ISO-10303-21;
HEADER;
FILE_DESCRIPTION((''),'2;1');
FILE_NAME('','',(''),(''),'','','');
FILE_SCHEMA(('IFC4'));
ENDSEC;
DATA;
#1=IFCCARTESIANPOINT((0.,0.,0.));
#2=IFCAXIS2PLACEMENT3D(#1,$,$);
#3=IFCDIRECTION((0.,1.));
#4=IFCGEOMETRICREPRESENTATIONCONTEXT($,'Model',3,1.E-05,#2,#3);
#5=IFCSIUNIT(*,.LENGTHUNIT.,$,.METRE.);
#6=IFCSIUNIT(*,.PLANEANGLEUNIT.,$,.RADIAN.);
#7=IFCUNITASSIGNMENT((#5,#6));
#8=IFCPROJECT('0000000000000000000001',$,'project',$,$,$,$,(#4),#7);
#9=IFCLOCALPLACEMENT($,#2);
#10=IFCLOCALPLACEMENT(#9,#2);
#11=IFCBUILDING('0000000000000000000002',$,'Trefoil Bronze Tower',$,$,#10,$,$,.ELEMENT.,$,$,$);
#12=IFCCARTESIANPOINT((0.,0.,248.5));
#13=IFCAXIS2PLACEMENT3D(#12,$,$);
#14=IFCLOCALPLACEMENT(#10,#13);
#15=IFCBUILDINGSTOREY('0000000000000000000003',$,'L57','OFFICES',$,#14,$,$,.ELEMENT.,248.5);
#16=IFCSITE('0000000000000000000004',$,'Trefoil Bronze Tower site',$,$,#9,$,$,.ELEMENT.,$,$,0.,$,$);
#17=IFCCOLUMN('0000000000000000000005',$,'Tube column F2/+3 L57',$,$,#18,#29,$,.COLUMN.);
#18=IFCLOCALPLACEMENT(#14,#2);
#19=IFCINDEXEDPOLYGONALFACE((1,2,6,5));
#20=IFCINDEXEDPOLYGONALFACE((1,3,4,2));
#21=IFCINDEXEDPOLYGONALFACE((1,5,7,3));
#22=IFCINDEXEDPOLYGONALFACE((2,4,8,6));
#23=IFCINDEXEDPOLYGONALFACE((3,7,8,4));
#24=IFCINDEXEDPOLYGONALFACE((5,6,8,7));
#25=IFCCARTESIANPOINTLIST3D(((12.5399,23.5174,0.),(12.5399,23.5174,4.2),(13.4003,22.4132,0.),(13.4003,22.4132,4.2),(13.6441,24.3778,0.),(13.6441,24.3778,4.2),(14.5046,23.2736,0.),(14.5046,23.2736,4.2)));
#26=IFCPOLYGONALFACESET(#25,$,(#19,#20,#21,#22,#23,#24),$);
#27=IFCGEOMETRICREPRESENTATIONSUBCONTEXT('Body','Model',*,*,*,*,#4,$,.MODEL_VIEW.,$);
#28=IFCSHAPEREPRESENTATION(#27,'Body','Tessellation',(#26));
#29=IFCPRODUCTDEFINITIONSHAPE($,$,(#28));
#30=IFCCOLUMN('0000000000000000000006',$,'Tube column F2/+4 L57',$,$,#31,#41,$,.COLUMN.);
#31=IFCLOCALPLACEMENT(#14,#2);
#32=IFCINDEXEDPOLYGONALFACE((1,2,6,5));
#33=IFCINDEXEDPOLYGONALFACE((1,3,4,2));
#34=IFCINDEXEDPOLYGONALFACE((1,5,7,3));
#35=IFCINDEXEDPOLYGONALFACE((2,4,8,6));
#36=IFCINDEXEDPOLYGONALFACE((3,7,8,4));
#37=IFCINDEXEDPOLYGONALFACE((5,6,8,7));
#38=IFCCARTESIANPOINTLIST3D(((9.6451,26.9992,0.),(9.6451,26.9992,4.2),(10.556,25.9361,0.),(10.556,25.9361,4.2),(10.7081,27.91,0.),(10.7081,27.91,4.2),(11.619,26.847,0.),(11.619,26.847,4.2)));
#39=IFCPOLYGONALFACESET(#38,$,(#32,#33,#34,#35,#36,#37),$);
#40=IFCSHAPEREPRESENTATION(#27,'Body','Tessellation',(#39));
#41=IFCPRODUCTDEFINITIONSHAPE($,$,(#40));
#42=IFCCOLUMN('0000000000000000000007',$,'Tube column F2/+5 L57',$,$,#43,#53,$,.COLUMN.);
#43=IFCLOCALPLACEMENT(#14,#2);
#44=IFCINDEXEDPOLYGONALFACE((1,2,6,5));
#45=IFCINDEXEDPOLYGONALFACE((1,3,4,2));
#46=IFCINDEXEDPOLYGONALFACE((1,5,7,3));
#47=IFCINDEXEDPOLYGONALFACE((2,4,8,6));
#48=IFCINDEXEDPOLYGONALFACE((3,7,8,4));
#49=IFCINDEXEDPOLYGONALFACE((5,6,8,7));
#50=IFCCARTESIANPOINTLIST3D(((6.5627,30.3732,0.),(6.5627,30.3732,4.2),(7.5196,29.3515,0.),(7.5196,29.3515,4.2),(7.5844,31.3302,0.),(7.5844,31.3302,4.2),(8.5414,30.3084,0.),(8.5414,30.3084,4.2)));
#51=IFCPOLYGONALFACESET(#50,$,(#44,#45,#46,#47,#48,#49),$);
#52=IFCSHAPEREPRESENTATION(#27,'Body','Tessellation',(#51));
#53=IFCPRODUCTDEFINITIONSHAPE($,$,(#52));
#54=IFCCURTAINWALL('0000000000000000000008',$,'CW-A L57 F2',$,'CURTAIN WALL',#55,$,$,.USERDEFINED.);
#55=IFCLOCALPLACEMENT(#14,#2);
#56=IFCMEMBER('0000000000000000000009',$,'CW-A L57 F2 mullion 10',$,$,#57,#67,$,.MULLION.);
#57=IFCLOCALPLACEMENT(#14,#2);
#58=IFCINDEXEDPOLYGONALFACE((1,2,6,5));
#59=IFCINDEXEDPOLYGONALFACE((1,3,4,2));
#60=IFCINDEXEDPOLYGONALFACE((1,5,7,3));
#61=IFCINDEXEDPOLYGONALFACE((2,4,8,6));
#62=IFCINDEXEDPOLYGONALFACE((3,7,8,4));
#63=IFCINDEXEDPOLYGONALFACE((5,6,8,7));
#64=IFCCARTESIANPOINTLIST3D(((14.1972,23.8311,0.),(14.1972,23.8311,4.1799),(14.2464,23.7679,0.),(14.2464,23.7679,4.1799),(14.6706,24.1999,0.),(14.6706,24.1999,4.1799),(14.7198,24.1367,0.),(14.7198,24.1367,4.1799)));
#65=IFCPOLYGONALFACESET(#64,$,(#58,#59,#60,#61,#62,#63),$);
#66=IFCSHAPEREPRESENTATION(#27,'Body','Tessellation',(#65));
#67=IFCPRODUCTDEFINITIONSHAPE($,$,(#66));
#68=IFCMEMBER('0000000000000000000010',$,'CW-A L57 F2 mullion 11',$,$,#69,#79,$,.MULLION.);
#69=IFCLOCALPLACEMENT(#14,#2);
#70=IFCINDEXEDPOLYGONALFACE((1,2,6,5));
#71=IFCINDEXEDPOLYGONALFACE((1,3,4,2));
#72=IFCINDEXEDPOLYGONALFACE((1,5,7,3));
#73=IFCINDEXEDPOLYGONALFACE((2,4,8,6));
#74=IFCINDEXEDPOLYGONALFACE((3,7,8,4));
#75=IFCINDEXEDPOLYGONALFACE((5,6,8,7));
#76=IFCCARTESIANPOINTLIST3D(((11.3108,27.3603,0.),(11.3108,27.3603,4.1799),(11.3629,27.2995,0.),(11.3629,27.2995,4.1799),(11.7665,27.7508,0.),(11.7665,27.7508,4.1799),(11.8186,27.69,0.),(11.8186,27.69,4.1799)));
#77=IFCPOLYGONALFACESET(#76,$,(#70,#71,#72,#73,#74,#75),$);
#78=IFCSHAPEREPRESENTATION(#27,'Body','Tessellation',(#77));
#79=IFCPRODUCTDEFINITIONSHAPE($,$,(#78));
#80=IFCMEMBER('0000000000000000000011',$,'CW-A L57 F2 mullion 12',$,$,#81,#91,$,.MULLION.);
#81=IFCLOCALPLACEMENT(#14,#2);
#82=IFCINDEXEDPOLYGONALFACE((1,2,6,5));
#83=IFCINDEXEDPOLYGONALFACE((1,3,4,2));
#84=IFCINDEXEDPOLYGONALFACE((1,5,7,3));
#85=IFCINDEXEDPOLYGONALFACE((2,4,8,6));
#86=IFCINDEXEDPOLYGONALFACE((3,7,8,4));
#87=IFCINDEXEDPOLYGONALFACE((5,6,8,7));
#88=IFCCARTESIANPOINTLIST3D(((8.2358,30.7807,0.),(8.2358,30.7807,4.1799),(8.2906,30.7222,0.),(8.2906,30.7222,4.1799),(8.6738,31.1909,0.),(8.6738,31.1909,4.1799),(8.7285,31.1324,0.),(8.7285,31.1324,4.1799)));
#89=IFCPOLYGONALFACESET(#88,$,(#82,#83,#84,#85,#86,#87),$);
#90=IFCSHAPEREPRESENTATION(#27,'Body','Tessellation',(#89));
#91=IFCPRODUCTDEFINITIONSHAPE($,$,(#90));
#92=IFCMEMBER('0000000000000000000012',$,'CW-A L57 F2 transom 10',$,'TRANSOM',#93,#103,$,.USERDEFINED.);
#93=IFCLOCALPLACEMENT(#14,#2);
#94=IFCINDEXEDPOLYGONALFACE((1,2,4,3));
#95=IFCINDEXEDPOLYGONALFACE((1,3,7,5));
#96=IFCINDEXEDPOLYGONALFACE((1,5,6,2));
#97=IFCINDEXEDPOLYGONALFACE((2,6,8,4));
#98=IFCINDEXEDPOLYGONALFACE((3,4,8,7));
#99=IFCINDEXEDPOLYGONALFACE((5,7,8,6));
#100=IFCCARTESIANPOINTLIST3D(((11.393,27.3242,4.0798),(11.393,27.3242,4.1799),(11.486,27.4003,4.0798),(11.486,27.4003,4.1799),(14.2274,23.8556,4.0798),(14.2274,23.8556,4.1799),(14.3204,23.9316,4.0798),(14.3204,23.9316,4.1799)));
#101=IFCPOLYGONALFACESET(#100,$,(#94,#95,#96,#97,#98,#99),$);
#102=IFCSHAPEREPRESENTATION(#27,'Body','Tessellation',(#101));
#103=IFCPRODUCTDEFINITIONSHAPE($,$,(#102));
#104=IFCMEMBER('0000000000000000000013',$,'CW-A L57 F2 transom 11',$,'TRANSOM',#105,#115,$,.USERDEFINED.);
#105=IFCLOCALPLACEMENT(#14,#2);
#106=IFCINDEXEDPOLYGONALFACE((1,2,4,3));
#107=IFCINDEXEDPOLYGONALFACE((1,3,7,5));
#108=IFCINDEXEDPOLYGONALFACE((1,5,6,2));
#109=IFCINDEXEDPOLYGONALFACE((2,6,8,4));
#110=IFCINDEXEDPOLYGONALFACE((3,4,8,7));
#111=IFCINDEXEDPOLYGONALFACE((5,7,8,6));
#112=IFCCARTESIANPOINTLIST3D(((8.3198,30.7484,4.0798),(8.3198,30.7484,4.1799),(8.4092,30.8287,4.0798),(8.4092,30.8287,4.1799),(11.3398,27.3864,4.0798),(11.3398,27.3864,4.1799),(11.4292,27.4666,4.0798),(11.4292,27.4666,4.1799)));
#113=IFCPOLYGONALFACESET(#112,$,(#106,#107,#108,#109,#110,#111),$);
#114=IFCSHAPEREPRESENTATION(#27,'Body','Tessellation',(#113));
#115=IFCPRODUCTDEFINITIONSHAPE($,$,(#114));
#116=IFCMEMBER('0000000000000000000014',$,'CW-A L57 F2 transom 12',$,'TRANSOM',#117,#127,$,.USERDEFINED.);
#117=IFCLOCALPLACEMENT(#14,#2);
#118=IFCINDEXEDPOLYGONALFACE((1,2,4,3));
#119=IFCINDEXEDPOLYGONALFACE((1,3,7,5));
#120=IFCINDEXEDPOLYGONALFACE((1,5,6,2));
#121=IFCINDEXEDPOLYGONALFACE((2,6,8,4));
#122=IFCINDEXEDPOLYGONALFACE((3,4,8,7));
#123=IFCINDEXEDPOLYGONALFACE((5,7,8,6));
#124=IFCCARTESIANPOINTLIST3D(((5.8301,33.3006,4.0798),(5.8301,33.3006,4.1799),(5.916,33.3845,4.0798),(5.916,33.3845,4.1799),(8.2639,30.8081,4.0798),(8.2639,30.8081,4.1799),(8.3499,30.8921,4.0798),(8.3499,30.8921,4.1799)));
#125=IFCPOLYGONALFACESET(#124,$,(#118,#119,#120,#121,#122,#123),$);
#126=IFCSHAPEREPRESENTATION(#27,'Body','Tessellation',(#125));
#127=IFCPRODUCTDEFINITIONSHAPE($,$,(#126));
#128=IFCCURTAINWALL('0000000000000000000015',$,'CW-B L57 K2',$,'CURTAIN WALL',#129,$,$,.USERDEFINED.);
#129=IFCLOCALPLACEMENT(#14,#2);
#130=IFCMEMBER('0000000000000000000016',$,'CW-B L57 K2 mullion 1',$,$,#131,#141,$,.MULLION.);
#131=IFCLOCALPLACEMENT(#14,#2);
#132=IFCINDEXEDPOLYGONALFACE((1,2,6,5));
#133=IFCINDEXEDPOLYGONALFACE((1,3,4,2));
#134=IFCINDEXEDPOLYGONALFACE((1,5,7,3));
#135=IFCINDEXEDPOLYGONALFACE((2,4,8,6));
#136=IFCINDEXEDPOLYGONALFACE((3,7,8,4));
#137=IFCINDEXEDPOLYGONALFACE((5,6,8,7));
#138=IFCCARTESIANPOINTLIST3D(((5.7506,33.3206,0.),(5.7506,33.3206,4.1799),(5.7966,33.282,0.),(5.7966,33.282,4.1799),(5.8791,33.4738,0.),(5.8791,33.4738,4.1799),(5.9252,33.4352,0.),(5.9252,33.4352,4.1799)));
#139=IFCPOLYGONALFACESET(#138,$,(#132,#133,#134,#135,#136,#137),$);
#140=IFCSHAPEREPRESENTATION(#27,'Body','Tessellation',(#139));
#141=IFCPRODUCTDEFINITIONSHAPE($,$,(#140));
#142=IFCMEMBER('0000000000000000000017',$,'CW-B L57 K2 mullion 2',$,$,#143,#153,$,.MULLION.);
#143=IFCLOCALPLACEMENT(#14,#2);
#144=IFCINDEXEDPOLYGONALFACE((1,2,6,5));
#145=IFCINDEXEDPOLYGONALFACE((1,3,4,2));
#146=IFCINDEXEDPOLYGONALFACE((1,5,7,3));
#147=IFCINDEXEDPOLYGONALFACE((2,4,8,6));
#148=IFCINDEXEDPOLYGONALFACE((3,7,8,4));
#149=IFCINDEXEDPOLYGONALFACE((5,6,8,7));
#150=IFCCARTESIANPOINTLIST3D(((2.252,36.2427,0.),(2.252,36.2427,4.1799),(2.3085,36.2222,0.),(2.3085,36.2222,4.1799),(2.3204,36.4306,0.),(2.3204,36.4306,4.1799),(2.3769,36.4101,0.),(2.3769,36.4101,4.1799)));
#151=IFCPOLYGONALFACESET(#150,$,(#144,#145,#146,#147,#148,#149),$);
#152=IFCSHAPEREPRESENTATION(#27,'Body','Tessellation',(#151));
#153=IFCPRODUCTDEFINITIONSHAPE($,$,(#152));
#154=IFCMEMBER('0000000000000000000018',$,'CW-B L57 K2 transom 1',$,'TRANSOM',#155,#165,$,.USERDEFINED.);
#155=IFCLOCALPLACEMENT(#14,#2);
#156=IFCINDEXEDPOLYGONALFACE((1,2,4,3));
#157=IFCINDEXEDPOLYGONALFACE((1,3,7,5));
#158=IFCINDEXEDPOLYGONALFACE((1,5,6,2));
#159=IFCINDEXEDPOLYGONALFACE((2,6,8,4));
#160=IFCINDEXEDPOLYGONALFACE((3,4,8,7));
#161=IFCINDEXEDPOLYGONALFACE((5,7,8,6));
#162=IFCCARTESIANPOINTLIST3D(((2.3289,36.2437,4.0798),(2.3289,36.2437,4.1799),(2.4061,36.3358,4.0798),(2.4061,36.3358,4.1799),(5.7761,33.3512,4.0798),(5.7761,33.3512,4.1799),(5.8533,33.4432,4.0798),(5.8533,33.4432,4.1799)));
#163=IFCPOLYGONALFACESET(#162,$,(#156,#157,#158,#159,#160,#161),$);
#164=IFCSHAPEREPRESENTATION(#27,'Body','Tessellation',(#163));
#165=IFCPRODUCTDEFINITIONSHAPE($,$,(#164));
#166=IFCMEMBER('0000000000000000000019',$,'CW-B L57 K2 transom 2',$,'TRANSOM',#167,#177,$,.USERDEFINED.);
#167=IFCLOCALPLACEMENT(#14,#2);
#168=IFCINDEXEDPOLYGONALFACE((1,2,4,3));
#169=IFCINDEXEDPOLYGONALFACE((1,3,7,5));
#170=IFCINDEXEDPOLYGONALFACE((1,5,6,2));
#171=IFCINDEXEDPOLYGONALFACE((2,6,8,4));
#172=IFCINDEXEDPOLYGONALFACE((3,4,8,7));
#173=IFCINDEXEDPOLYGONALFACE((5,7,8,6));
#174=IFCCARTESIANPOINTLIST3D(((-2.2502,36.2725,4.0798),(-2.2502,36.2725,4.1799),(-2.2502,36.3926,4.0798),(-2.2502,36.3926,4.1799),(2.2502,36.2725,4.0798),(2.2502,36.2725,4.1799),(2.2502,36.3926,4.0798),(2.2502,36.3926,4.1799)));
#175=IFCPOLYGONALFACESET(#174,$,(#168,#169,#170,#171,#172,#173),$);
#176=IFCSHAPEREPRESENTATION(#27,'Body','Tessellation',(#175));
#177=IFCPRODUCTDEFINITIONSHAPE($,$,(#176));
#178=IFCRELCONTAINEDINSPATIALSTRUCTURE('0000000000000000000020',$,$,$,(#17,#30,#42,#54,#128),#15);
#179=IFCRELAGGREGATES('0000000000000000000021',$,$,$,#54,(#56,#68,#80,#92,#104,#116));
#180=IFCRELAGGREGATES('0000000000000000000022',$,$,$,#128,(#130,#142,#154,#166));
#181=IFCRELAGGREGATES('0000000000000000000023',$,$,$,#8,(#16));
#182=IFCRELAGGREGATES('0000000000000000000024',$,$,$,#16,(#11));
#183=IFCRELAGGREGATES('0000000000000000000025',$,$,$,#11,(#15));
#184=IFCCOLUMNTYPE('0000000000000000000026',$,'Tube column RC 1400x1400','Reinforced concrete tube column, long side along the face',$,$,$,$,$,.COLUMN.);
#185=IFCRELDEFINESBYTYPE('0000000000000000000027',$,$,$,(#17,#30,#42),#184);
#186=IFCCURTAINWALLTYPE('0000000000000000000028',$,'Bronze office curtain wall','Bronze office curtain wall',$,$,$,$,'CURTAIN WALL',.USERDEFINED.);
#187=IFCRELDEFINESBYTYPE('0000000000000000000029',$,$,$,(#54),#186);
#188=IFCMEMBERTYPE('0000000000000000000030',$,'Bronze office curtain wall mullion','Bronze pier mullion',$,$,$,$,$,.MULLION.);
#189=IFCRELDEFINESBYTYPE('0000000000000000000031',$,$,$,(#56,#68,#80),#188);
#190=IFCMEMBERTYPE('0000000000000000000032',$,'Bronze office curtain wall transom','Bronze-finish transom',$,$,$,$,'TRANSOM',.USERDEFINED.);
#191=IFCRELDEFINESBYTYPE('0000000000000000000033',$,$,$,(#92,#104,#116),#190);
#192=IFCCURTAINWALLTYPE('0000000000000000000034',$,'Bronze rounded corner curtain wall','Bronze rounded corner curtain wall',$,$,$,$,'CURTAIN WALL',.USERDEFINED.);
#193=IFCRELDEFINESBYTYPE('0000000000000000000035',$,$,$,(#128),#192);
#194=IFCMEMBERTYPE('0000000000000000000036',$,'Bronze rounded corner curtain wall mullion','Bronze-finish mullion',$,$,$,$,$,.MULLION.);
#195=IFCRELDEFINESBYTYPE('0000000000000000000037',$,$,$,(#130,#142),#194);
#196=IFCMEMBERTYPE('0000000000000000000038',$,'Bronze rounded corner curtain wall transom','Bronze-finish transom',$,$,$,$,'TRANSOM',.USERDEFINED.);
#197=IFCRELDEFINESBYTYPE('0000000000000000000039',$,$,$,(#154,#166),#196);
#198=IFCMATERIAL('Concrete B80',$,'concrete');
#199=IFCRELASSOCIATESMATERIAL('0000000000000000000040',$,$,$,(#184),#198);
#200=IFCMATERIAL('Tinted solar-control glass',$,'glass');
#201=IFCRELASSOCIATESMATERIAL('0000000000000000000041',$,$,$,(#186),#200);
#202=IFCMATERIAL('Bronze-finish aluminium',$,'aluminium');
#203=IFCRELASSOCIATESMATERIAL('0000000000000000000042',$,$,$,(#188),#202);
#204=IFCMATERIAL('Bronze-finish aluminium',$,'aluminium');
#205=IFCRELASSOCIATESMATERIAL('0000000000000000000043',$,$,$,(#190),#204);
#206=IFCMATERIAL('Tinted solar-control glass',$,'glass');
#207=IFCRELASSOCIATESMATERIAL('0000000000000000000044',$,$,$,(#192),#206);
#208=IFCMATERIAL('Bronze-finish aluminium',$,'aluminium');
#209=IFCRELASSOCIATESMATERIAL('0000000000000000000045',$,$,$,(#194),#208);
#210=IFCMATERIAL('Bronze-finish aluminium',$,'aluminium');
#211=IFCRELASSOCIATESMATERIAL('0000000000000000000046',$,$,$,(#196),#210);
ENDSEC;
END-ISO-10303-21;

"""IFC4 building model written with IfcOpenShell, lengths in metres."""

from ifc_helpers import new_model, si_unit, direction, frame, origin, origin_2d, place, context, subcontext, project, spatial, rectangle, extrude, material, material_profile, profile_set, type_object, element, aggregate, save


model = new_model("IFC4")

# Units and contexts
model_context = context("Model", 3, precision=1e-05, world=origin(), true_north=direction((0.0, 1.0)))
body_context = subcontext(model_context, "Body", "Model", "MODEL_VIEW")
ifc_project = project(units=[si_unit("LENGTHUNIT", "METRE"), si_unit("PLANEANGLEUNIT", "RADIAN")], contexts=[model_context])

# Site, building, storey
site_placement = place(None, origin())
site = spatial("IfcSite", under=ifc_project, at=site_placement, Name="Trefoil Bronze Tower site", CompositionType="ELEMENT", RefElevation=0.0)
building_placement = place(site_placement, origin())
building = spatial("IfcBuilding", under=site, at=building_placement, Name="Trefoil Bronze Tower", CompositionType="ELEMENT")
storey_placement = place(building_placement, frame((0.0, 0.0, 248.5)))
storey = spatial("IfcBuildingStorey", under=building, at=storey_placement, Name="L57", Description="OFFICES", CompositionType="ELEMENT", Elevation=248.5)

# Columns
ifc_material_1 = material(Name="Concrete B80", Category="concrete")
ifc_material_profile_1 = material_profile(ifc_material_1, rectangle(XDim=1.3999, YDim=1.3999, at=origin_2d()), Name="RC 1400x1400")
ifc_profile_set_1 = profile_set([ifc_material_profile_1], Name="Concrete B80")
column_type = type_object("IfcColumnType", Name="Tube column RC 1400x1400", Description="Reinforced concrete tube column, long side along the face", PredefinedType="COLUMN", material=ifc_profile_set_1)
for number, where, z_axis, x_axis, name in (
    (1, (13.5222, 23.3955, 0.0), (0.0, 0.0, 1.0), (-0.614622, 0.788821, 0.0), "Tube column F2/+3 L57"),
    (2, (10.6321, 26.9231, 0.0), (0.0, 0.0, 1.0), (-0.650677, 0.759355, 0.0), "Tube column F2/+4 L57"),
    (3, (7.552, 30.3408, 0.0), (0.0, 0.0, 1.0), (-0.683597, 0.72986, 0.0), "Tube column F2/+5 L57"),
):
    element("IfcColumn", number, at=place(storey_placement, frame(where, z_axis=z_axis, x_axis=x_axis)), inside=storey, type_object=column_type, Name=name, PredefinedType="COLUMN", context=body_context, shape_type="SweptSolid", body=[
        extrude(rectangle(XDim=1.3999, YDim=1.3999, at=origin_2d()), origin(), (0.0, 0.0, 1.0), 4.2),
    ])

# Curtain walls, members
ifc_material_2 = material(Name="Tinted solar-control glass", Category="glass")
curtain_wall_type_1 = type_object("IfcCurtainWallType", Name="Bronze office curtain wall", Description="Bronze office curtain wall", ElementType="CURTAIN WALL", PredefinedType="USERDEFINED", material=ifc_material_2)
curtain_wall_1_placement = place(storey_placement, origin())
curtain_wall_1 = element("IfcCurtainWall", 4, at=curtain_wall_1_placement, inside=storey, type_object=curtain_wall_type_1, Name="CW-A L57 F2", ObjectType="CURTAIN WALL", PredefinedType="USERDEFINED")
ifc_material_3 = material(Name="Bronze-finish aluminium", Category="aluminium")
ifc_material_profile_2 = material_profile(ifc_material_3, rectangle(XDim=0.6001, YDim=0.0801, at=origin_2d()), Name="CW-A mullion")
ifc_profile_set_2 = profile_set([ifc_material_profile_2], Name="Bronze-finish aluminium")
member_type_1 = type_object("IfcMemberType", Name="Bronze office curtain wall mullion", Description="Bronze pier mullion", PredefinedType="MULLION", material=ifc_profile_set_2)
member_1_placement = place(storey_placement, frame((14.4585, 23.9839, 0.0), z_axis=(0.0, 0.0, 1.0), x_axis=(-0.788821, -0.614622, 0.0)))
member_1 = element("IfcMember", 5, at=member_1_placement, type_object=member_type_1, Name="CW-A L57 F2 mullion 10", PredefinedType="MULLION", context=body_context, shape_type="SweptSolid", body=[
    extrude(rectangle(XDim=0.6001, YDim=0.0801, at=origin_2d()), origin(), (0.0, 0.0, 1.0), 4.1799),
])
member_2_placement = place(storey_placement, frame((11.5647, 27.5251, 0.0), z_axis=(0.0, 0.0, 1.0), x_axis=(-0.759355, -0.650677, 0.0)))
member_2 = element("IfcMember", 6, at=member_2_placement, type_object=member_type_1, Name="CW-A L57 F2 mullion 11", PredefinedType="MULLION", context=body_context, shape_type="SweptSolid", body=[
    extrude(rectangle(XDim=0.6001, YDim=0.0801, at=origin_2d()), origin(), (0.0, 0.0, 1.0), 4.1799),
])
member_3_placement = place(storey_placement, frame((8.4822, 30.9565, 0.0), z_axis=(0.0, 0.0, 1.0), x_axis=(-0.72986, -0.683597, 0.0)))
member_3 = element("IfcMember", 7, at=member_3_placement, type_object=member_type_1, Name="CW-A L57 F2 mullion 12", PredefinedType="MULLION", context=body_context, shape_type="SweptSolid", body=[
    extrude(rectangle(XDim=0.6001, YDim=0.0801, at=origin_2d()), origin(), (0.0, 0.0, 1.0), 4.1799),
])
ifc_material_4 = material(Name="Bronze-finish aluminium", Category="aluminium")
ifc_material_profile_3 = material_profile(ifc_material_4, rectangle(XDim=0.1201, YDim=0.1001, at=origin_2d()), Name="CW-A transom")
ifc_profile_set_3 = profile_set([ifc_material_profile_3], Name="Bronze-finish aluminium")
member_type_2 = type_object("IfcMemberType", Name="Bronze office curtain wall transom", Description="Bronze-finish transom", ElementType="TRANSOM", PredefinedType="USERDEFINED", material=ifc_profile_set_3)
member_4_placement = place(storey_placement, frame((14.2739, 23.8936, 4.1299), z_axis=(-0.632757, 0.774351, 0.0), x_axis=(-0.774351, -0.632757, 0.0)))
member_4 = element("IfcMember", 8, at=member_4_placement, type_object=member_type_2, Name="CW-A L57 F2 transom 10", ObjectType="TRANSOM", PredefinedType="USERDEFINED", context=body_context, shape_type="SweptSolid", body=[
    extrude(rectangle(XDim=0.1201, YDim=0.1001, at=origin_2d()), origin(), (0.0, 0.0, 1.0), 4.4795),
])
member_5_placement = place(storey_placement, frame((11.3845, 27.4265, 4.1299), z_axis=(-0.668251, 0.743936, 0.0), x_axis=(-0.743936, -0.668251, 0.0)))
member_5 = element("IfcMember", 9, at=member_5_placement, type_object=member_type_2, Name="CW-A L57 F2 transom 11", ObjectType="TRANSOM", PredefinedType="USERDEFINED", context=body_context, shape_type="SweptSolid", body=[
    extrude(rectangle(XDim=0.1201, YDim=0.1001, at=origin_2d()), origin(), (0.0, 0.0, 1.0), 4.5193),
])
member_6_placement = place(storey_placement, frame((8.3069, 30.8501, 4.1299), z_axis=(-0.698647, 0.715467, 0.0), x_axis=(-0.715467, -0.698647, 0.0)))
member_6 = element("IfcMember", 10, at=member_6_placement, type_object=member_type_2, Name="CW-A L57 F2 transom 12", ObjectType="TRANSOM", PredefinedType="USERDEFINED", context=body_context, shape_type="SweptSolid", body=[
    extrude(rectangle(XDim=0.1201, YDim=0.1001, at=origin_2d()), origin(), (0.0, 0.0, 1.0), 3.4836),
])
ifc_material_5 = material(Name="Tinted solar-control glass", Category="glass")
curtain_wall_type_2 = type_object("IfcCurtainWallType", Name="Bronze rounded corner curtain wall", Description="Bronze rounded corner curtain wall", ElementType="CURTAIN WALL", PredefinedType="USERDEFINED", material=ifc_material_5)
curtain_wall_2_placement = place(storey_placement, origin())
curtain_wall_2 = element("IfcCurtainWall", 11, at=curtain_wall_2_placement, inside=storey, type_object=curtain_wall_type_2, Name="CW-B L57 K2", ObjectType="CURTAIN WALL", PredefinedType="USERDEFINED")
ifc_material_6 = material(Name="Bronze-finish aluminium", Category="aluminium")
ifc_material_profile_4 = material_profile(ifc_material_6, rectangle(XDim=0.2, YDim=0.0601, at=origin_2d()), Name="CW-B mullion")
ifc_profile_set_4 = profile_set([ifc_material_profile_4], Name="Bronze-finish aluminium")
member_type_3 = type_object("IfcMemberType", Name="Bronze rounded corner curtain wall mullion", Description="Bronze-finish mullion", PredefinedType="MULLION", material=ifc_profile_set_4)
member_7_placement = place(storey_placement, frame((5.8379, 33.3779, 0.0), z_axis=(0.0, 0.0, 1.0), x_axis=(-0.642788, -0.766044, 0.0)))
member_7 = element("IfcMember", 12, at=member_7_placement, type_object=member_type_3, Name="CW-B L57 K2 mullion 1", PredefinedType="MULLION", context=body_context, shape_type="SweptSolid", body=[
    extrude(rectangle(XDim=0.2, YDim=0.0601, at=origin_2d()), origin(), (0.0, 0.0, 1.0), 4.1799),
])
member_8_placement = place(storey_placement, frame((2.3145, 36.3264, 0.0), z_axis=(0.0, 0.0, 1.0), x_axis=(-0.34202, -0.939693, 0.0)))
member_8 = element("IfcMember", 13, at=member_8_placement, type_object=member_type_3, Name="CW-B L57 K2 mullion 2", PredefinedType="MULLION", context=body_context, shape_type="SweptSolid", body=[
    extrude(rectangle(XDim=0.2, YDim=0.0601, at=origin_2d()), origin(), (0.0, 0.0, 1.0), 4.1799),
])
ifc_material_7 = material(Name="Bronze-finish aluminium", Category="aluminium")
ifc_material_profile_5 = material_profile(ifc_material_7, rectangle(XDim=0.1201, YDim=0.1001, at=origin_2d()), Name="CW-B transom")
ifc_profile_set_5 = profile_set([ifc_material_profile_5], Name="Bronze-finish aluminium")
member_type_4 = type_object("IfcMemberType", Name="Bronze rounded corner curtain wall transom", Description="Bronze-finish transom", ElementType="TRANSOM", PredefinedType="USERDEFINED", material=ifc_profile_set_5)
member_9_placement = place(storey_placement, frame((5.8147, 33.3972, 4.1299), z_axis=(-0.766047, 0.642785, 0.0), x_axis=(-0.642785, -0.766047, 0.0)))
member_9 = element("IfcMember", 14, at=member_9_placement, type_object=member_type_4, Name="CW-B L57 K2 transom 1", ObjectType="TRANSOM", PredefinedType="USERDEFINED", context=body_context, shape_type="SweptSolid", body=[
    extrude(rectangle(XDim=0.1201, YDim=0.1001, at=origin_2d()), origin(), (0.0, 0.0, 1.0), 4.5),
])
member_10_placement = place(storey_placement, frame((2.2502, 36.3325, 4.1299), z_axis=(-1.0, 0.0, 0.0), x_axis=(0.0, -1.0, 0.0)))
member_10 = element("IfcMember", 15, at=member_10_placement, type_object=member_type_4, Name="CW-B L57 K2 transom 2", ObjectType="TRANSOM", PredefinedType="USERDEFINED", context=body_context, shape_type="SweptSolid", body=[
    extrude(rectangle(XDim=0.1201, YDim=0.1001, at=origin_2d()), origin(), (0.0, 0.0, 1.0), 4.5005),
])

aggregate(curtain_wall_1, [member_1, member_2, member_3, member_4, member_5, member_6])
aggregate(curtain_wall_2, [member_7, member_8, member_9, member_10])

save(model, "model.ifc")
